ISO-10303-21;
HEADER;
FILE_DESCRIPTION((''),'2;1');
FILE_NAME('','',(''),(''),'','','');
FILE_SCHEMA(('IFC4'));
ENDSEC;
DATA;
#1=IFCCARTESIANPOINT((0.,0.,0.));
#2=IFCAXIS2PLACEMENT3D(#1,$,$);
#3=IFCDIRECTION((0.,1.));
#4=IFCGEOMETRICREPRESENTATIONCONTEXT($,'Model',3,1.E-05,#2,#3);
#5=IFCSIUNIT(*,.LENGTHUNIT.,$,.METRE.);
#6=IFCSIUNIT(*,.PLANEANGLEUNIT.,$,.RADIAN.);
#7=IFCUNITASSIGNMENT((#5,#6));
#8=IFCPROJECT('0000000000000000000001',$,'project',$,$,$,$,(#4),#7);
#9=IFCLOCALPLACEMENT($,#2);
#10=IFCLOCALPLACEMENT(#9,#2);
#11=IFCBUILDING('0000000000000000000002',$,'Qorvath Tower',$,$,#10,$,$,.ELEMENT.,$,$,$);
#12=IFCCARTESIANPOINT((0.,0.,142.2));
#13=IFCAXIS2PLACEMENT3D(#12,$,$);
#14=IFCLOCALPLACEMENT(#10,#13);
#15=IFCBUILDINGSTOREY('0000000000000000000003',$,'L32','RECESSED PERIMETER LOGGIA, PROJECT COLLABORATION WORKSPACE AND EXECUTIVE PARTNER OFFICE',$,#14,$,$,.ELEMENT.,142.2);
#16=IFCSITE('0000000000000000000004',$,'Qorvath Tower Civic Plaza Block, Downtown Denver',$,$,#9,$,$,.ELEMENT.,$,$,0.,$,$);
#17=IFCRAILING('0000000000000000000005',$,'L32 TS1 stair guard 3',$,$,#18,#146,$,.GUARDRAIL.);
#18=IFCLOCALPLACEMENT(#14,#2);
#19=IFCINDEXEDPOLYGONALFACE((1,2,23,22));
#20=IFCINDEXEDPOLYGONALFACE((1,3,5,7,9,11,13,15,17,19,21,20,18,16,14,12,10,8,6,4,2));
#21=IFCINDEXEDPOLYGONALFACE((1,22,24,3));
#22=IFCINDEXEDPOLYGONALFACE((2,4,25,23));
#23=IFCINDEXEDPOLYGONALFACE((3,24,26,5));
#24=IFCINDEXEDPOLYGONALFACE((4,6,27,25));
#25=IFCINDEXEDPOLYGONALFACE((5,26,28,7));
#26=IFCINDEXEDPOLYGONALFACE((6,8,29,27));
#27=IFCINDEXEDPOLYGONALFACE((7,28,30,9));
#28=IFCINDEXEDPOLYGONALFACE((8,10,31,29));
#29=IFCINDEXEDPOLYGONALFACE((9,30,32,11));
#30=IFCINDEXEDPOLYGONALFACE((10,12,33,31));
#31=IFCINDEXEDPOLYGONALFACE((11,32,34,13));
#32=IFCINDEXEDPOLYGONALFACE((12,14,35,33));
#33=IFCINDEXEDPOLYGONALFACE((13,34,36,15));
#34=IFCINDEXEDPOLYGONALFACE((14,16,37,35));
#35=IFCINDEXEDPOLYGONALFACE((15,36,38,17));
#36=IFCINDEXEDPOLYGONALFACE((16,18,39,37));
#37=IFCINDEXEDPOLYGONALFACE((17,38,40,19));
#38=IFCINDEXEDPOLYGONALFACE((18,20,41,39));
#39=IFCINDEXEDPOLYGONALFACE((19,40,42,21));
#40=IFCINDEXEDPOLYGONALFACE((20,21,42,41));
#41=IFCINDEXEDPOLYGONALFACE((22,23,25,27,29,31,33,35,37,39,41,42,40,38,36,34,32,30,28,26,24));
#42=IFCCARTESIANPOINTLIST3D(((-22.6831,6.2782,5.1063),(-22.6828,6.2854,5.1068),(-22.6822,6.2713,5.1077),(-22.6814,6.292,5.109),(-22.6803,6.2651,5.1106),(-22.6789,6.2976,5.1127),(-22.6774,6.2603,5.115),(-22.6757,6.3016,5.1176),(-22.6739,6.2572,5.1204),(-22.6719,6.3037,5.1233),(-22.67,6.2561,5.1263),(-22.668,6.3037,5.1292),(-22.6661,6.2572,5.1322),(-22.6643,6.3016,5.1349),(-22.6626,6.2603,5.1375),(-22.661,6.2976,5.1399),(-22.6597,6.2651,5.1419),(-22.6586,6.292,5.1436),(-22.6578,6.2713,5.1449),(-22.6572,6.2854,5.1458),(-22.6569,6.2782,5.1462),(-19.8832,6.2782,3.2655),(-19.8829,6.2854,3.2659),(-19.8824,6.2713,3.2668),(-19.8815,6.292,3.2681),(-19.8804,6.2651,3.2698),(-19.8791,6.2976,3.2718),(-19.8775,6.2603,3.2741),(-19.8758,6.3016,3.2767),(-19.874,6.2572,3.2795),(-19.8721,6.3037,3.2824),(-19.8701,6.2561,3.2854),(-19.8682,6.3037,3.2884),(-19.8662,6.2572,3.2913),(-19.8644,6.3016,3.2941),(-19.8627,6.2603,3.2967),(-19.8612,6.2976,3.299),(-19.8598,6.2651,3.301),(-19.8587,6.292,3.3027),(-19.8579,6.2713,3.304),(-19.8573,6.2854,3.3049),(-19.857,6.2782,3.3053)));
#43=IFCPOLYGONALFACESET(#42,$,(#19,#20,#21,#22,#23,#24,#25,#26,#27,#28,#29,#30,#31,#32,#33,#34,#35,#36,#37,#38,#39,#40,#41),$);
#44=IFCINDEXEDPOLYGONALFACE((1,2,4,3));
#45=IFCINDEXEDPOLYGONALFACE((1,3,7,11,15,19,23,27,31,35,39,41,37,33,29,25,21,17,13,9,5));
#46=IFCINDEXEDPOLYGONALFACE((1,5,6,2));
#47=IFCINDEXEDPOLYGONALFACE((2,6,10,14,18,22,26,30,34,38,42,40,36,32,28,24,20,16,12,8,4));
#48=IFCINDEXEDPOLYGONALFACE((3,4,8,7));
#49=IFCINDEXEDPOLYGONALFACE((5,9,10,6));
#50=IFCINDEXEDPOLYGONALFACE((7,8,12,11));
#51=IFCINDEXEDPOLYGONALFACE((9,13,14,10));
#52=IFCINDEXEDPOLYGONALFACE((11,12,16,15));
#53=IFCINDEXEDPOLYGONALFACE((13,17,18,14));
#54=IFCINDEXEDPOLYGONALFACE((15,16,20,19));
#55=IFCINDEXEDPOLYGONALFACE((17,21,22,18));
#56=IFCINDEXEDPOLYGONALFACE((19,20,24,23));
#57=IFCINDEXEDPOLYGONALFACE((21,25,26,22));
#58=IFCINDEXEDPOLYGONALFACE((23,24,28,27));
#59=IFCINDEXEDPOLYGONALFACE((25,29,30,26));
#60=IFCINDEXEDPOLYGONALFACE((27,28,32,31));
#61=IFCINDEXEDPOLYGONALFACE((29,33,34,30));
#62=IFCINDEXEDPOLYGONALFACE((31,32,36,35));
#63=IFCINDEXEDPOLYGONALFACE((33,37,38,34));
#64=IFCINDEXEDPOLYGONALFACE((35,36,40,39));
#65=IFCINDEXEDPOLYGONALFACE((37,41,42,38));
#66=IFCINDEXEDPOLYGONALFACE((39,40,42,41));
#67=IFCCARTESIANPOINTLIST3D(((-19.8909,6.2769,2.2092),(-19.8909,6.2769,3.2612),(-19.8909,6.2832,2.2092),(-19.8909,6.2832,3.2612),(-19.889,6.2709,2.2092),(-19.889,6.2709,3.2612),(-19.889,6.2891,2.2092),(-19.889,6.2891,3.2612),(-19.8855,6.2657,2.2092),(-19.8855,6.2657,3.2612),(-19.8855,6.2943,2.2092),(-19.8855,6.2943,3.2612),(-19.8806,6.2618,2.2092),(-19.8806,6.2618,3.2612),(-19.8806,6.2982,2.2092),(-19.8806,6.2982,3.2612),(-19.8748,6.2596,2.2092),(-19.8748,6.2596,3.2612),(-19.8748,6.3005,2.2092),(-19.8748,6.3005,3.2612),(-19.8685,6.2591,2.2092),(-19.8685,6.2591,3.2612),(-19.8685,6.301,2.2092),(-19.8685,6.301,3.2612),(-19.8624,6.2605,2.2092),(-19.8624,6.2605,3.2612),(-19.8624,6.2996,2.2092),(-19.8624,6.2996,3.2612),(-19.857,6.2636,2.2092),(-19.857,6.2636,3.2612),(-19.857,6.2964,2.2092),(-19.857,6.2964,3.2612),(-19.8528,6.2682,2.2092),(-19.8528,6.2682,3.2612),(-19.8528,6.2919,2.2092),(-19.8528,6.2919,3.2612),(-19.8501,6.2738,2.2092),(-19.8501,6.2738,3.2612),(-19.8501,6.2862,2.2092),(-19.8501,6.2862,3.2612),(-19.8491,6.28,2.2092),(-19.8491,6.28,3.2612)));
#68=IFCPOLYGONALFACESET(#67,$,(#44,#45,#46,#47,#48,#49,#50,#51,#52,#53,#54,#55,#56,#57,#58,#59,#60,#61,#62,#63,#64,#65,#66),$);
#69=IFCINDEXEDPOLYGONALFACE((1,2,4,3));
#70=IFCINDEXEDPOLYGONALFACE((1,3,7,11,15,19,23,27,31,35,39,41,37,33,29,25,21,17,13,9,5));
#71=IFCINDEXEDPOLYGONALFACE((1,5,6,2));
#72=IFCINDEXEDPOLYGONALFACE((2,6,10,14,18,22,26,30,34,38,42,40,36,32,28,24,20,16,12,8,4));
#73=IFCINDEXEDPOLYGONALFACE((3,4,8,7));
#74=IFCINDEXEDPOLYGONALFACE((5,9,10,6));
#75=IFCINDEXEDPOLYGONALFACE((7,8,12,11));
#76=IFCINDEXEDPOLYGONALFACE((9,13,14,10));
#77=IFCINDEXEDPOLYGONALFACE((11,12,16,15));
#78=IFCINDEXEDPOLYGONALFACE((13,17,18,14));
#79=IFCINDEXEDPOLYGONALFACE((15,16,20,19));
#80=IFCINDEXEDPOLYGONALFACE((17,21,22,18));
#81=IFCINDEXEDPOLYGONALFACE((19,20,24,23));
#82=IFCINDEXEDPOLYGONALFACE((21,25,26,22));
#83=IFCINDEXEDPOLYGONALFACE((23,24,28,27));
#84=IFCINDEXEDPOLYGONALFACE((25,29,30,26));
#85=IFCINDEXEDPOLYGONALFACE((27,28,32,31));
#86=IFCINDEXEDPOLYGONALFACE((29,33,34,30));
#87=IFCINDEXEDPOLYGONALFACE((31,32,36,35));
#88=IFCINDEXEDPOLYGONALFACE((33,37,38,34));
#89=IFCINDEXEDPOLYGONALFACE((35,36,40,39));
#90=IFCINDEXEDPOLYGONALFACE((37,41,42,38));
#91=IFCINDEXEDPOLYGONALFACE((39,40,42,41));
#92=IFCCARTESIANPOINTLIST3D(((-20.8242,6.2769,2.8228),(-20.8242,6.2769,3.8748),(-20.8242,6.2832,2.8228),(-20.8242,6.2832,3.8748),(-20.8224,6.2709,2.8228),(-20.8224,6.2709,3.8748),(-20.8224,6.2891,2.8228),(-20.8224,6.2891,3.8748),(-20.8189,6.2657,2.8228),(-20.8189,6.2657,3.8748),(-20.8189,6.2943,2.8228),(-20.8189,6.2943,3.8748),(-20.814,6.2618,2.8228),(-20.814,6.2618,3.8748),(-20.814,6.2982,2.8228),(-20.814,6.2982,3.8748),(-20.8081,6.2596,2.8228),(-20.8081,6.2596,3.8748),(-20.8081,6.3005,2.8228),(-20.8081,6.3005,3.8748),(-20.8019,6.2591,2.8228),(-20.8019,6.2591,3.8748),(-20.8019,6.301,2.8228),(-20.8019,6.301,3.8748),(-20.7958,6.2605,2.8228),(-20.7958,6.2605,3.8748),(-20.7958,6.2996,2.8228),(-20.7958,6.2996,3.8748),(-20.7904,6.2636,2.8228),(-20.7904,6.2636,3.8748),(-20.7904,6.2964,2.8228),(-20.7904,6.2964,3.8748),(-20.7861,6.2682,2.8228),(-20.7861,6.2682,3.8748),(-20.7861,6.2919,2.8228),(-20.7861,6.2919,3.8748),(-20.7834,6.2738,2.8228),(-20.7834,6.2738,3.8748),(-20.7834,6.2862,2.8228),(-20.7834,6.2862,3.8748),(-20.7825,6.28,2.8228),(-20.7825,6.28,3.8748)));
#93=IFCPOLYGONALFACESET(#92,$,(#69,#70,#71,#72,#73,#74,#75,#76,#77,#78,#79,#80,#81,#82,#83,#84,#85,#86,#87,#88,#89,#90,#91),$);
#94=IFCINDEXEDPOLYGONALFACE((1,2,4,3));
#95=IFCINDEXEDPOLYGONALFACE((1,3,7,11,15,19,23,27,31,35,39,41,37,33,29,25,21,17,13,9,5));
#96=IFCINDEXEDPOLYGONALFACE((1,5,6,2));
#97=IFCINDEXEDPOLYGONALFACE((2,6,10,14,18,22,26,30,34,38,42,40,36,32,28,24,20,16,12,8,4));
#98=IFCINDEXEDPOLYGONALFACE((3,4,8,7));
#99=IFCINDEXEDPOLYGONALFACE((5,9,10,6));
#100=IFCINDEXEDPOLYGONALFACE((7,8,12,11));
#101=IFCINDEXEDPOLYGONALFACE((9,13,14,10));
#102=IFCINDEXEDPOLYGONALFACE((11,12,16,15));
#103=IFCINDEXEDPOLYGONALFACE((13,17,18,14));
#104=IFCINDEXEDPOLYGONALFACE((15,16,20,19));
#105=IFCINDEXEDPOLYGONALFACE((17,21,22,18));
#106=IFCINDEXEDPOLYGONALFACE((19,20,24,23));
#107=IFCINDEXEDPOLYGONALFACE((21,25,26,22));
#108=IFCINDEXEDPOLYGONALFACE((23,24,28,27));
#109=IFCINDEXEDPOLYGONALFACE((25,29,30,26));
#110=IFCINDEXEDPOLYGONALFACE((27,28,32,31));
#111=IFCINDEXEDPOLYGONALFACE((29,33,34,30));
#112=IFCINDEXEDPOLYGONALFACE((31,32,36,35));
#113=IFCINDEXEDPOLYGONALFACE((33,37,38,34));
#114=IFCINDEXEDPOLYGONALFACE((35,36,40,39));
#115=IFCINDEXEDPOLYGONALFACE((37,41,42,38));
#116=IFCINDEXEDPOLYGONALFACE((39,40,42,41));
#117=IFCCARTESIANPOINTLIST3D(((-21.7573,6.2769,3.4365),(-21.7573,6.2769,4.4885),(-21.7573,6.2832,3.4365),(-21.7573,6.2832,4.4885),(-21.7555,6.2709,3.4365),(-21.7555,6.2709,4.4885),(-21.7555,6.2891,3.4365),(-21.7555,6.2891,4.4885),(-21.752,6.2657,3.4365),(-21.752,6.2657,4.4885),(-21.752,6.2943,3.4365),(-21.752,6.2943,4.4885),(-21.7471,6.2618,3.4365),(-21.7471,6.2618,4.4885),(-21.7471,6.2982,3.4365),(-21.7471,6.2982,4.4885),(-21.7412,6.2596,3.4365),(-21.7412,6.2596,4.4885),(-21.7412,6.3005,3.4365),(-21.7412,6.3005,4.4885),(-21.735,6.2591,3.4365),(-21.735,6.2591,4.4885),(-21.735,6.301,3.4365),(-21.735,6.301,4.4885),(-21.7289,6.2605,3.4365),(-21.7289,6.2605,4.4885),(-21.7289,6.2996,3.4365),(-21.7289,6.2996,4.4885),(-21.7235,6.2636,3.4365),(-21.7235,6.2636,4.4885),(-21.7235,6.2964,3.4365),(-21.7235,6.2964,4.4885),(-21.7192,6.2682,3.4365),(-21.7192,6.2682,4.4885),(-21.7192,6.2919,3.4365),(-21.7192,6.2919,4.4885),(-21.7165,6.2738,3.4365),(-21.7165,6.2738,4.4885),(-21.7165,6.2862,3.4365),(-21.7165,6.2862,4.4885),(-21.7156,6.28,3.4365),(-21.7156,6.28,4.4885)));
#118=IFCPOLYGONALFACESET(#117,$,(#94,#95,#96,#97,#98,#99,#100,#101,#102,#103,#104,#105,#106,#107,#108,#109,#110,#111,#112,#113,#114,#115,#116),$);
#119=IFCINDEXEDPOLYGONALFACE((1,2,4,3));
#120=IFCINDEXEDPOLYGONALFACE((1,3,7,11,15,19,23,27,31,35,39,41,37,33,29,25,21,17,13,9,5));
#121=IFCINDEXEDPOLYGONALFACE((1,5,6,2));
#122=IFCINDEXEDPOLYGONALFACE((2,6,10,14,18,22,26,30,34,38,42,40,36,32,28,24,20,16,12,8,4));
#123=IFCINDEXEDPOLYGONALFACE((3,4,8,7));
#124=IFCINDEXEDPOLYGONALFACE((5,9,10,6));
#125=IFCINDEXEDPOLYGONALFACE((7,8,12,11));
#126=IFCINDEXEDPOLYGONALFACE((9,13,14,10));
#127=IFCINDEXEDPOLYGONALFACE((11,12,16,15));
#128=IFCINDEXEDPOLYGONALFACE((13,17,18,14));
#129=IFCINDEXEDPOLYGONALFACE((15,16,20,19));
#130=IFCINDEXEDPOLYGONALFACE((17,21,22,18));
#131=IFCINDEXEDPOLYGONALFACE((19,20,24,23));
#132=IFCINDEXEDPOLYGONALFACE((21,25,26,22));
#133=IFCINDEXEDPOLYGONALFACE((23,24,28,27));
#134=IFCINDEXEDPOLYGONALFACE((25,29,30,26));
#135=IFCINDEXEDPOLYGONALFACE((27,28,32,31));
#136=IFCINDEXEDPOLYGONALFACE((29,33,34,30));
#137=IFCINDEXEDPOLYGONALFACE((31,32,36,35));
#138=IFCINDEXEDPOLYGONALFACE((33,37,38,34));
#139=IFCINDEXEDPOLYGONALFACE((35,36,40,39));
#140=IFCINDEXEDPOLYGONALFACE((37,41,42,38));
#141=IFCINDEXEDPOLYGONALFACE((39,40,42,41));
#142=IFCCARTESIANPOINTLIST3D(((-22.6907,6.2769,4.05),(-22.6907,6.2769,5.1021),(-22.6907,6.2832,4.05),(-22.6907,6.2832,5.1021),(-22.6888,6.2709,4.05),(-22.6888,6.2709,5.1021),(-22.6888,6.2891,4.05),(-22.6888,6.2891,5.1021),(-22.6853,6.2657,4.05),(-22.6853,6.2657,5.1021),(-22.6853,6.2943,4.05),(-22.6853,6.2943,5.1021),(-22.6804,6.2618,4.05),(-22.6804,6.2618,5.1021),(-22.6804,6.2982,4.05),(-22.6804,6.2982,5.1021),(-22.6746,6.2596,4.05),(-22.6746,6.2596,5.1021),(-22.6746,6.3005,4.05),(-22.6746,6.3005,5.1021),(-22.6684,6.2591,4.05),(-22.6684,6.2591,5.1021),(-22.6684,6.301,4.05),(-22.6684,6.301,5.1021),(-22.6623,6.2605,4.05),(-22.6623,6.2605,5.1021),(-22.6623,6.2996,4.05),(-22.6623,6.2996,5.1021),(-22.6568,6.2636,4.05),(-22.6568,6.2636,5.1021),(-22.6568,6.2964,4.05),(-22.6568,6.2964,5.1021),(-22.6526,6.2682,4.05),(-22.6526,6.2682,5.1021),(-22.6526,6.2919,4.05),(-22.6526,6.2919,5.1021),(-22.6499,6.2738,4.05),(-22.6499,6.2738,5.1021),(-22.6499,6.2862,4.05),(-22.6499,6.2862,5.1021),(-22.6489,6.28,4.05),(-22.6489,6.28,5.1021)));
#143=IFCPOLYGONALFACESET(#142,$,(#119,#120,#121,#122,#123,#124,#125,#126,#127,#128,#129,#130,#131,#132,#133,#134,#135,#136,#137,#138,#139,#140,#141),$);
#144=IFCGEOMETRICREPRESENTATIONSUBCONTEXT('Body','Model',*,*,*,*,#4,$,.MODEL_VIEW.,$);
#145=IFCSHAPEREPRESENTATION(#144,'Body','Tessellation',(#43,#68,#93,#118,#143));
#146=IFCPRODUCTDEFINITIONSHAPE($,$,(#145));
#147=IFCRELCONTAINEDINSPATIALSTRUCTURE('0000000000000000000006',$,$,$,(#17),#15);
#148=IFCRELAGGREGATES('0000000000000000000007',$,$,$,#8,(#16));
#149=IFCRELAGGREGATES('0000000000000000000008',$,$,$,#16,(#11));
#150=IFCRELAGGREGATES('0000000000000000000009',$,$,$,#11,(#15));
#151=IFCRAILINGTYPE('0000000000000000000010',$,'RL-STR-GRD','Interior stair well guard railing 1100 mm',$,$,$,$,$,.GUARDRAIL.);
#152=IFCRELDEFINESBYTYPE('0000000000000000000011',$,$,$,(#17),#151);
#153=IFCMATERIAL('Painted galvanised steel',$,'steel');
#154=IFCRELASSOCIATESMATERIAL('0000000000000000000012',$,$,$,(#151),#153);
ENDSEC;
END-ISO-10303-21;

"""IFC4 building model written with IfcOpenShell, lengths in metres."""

from ifc_helpers import new_model, si_unit, direction, frame, origin, origin_2d, place, context, subcontext, project, spatial, circle, extrude, material, type_object, element, save


model = new_model("IFC4")

# Units and contexts
model_context = context("Model", 3, precision=1e-05, world=origin(), true_north=direction((0.0, 1.0)))
body_context = subcontext(model_context, "Body", "Model", "MODEL_VIEW")
ifc_project = project(units=[si_unit("LENGTHUNIT", "METRE"), si_unit("PLANEANGLEUNIT", "RADIAN")], contexts=[model_context])

# Site, building, storey
site_placement = place(None, origin())
site = spatial("IfcSite", under=ifc_project, at=site_placement, Name="Qorvath Tower Civic Plaza Block, Downtown Denver", CompositionType="ELEMENT", RefElevation=0.0)
building_placement = place(site_placement, origin())
building = spatial("IfcBuilding", under=site, at=building_placement, Name="Qorvath Tower", CompositionType="ELEMENT")
storey_placement = place(building_placement, frame((0.0, 0.0, 142.2)))
storey = spatial("IfcBuildingStorey", under=building, at=storey_placement, Name="L32", Description="RECESSED PERIMETER LOGGIA, PROJECT COLLABORATION WORKSPACE AND EXECUTIVE PARTNER OFFICE", CompositionType="ELEMENT", Elevation=142.2)

# Railing
ifc_material_1 = material(Name="Painted galvanised steel", Category="steel")
railing_type_1 = type_object("IfcRailingType", Name="RL-STR-GRD", Description="Interior stair well guard railing 1100 mm", PredefinedType="GUARDRAIL", material=ifc_material_1)
railing_1_placement = place(storey_placement, frame((-19.8701, 6.28, 2.2092)))
element("IfcRailing", 1, at=railing_1_placement, inside=storey, type_object=railing_type_1, Name="L32 TS1 stair guard 3", PredefinedType="GUARDRAIL", context=body_context, shape_type="SweptSolid", body=[
    extrude(circle(Radius=0.0239, at=origin_2d()), frame((0.0, 0.0, 1.0762), z_axis=(-0.835576, 0.0, 0.549376), x_axis=(0.0, -1.0, 0.0)), (0.0, 0.0, 1.0), 3.3508),
    extrude(circle(Radius=0.021, at=origin_2d()), origin(), (0.0, 0.0, 1.0), 1.052),
    extrude(circle(Radius=0.021, at=origin_2d()), frame((-0.9333, 0.0, 0.6135)), (0.0, 0.0, 1.0), 1.052),
    extrude(circle(Radius=0.021, at=origin_2d()), frame((-1.8665, 0.0, 1.2273)), (0.0, 0.0, 1.0), 1.052),
    extrude(circle(Radius=0.021, at=origin_2d()), frame((-2.7998, 0.0, 1.8408)), (0.0, 0.0, 1.0), 1.052),
])

save(model, "model.ifc")
